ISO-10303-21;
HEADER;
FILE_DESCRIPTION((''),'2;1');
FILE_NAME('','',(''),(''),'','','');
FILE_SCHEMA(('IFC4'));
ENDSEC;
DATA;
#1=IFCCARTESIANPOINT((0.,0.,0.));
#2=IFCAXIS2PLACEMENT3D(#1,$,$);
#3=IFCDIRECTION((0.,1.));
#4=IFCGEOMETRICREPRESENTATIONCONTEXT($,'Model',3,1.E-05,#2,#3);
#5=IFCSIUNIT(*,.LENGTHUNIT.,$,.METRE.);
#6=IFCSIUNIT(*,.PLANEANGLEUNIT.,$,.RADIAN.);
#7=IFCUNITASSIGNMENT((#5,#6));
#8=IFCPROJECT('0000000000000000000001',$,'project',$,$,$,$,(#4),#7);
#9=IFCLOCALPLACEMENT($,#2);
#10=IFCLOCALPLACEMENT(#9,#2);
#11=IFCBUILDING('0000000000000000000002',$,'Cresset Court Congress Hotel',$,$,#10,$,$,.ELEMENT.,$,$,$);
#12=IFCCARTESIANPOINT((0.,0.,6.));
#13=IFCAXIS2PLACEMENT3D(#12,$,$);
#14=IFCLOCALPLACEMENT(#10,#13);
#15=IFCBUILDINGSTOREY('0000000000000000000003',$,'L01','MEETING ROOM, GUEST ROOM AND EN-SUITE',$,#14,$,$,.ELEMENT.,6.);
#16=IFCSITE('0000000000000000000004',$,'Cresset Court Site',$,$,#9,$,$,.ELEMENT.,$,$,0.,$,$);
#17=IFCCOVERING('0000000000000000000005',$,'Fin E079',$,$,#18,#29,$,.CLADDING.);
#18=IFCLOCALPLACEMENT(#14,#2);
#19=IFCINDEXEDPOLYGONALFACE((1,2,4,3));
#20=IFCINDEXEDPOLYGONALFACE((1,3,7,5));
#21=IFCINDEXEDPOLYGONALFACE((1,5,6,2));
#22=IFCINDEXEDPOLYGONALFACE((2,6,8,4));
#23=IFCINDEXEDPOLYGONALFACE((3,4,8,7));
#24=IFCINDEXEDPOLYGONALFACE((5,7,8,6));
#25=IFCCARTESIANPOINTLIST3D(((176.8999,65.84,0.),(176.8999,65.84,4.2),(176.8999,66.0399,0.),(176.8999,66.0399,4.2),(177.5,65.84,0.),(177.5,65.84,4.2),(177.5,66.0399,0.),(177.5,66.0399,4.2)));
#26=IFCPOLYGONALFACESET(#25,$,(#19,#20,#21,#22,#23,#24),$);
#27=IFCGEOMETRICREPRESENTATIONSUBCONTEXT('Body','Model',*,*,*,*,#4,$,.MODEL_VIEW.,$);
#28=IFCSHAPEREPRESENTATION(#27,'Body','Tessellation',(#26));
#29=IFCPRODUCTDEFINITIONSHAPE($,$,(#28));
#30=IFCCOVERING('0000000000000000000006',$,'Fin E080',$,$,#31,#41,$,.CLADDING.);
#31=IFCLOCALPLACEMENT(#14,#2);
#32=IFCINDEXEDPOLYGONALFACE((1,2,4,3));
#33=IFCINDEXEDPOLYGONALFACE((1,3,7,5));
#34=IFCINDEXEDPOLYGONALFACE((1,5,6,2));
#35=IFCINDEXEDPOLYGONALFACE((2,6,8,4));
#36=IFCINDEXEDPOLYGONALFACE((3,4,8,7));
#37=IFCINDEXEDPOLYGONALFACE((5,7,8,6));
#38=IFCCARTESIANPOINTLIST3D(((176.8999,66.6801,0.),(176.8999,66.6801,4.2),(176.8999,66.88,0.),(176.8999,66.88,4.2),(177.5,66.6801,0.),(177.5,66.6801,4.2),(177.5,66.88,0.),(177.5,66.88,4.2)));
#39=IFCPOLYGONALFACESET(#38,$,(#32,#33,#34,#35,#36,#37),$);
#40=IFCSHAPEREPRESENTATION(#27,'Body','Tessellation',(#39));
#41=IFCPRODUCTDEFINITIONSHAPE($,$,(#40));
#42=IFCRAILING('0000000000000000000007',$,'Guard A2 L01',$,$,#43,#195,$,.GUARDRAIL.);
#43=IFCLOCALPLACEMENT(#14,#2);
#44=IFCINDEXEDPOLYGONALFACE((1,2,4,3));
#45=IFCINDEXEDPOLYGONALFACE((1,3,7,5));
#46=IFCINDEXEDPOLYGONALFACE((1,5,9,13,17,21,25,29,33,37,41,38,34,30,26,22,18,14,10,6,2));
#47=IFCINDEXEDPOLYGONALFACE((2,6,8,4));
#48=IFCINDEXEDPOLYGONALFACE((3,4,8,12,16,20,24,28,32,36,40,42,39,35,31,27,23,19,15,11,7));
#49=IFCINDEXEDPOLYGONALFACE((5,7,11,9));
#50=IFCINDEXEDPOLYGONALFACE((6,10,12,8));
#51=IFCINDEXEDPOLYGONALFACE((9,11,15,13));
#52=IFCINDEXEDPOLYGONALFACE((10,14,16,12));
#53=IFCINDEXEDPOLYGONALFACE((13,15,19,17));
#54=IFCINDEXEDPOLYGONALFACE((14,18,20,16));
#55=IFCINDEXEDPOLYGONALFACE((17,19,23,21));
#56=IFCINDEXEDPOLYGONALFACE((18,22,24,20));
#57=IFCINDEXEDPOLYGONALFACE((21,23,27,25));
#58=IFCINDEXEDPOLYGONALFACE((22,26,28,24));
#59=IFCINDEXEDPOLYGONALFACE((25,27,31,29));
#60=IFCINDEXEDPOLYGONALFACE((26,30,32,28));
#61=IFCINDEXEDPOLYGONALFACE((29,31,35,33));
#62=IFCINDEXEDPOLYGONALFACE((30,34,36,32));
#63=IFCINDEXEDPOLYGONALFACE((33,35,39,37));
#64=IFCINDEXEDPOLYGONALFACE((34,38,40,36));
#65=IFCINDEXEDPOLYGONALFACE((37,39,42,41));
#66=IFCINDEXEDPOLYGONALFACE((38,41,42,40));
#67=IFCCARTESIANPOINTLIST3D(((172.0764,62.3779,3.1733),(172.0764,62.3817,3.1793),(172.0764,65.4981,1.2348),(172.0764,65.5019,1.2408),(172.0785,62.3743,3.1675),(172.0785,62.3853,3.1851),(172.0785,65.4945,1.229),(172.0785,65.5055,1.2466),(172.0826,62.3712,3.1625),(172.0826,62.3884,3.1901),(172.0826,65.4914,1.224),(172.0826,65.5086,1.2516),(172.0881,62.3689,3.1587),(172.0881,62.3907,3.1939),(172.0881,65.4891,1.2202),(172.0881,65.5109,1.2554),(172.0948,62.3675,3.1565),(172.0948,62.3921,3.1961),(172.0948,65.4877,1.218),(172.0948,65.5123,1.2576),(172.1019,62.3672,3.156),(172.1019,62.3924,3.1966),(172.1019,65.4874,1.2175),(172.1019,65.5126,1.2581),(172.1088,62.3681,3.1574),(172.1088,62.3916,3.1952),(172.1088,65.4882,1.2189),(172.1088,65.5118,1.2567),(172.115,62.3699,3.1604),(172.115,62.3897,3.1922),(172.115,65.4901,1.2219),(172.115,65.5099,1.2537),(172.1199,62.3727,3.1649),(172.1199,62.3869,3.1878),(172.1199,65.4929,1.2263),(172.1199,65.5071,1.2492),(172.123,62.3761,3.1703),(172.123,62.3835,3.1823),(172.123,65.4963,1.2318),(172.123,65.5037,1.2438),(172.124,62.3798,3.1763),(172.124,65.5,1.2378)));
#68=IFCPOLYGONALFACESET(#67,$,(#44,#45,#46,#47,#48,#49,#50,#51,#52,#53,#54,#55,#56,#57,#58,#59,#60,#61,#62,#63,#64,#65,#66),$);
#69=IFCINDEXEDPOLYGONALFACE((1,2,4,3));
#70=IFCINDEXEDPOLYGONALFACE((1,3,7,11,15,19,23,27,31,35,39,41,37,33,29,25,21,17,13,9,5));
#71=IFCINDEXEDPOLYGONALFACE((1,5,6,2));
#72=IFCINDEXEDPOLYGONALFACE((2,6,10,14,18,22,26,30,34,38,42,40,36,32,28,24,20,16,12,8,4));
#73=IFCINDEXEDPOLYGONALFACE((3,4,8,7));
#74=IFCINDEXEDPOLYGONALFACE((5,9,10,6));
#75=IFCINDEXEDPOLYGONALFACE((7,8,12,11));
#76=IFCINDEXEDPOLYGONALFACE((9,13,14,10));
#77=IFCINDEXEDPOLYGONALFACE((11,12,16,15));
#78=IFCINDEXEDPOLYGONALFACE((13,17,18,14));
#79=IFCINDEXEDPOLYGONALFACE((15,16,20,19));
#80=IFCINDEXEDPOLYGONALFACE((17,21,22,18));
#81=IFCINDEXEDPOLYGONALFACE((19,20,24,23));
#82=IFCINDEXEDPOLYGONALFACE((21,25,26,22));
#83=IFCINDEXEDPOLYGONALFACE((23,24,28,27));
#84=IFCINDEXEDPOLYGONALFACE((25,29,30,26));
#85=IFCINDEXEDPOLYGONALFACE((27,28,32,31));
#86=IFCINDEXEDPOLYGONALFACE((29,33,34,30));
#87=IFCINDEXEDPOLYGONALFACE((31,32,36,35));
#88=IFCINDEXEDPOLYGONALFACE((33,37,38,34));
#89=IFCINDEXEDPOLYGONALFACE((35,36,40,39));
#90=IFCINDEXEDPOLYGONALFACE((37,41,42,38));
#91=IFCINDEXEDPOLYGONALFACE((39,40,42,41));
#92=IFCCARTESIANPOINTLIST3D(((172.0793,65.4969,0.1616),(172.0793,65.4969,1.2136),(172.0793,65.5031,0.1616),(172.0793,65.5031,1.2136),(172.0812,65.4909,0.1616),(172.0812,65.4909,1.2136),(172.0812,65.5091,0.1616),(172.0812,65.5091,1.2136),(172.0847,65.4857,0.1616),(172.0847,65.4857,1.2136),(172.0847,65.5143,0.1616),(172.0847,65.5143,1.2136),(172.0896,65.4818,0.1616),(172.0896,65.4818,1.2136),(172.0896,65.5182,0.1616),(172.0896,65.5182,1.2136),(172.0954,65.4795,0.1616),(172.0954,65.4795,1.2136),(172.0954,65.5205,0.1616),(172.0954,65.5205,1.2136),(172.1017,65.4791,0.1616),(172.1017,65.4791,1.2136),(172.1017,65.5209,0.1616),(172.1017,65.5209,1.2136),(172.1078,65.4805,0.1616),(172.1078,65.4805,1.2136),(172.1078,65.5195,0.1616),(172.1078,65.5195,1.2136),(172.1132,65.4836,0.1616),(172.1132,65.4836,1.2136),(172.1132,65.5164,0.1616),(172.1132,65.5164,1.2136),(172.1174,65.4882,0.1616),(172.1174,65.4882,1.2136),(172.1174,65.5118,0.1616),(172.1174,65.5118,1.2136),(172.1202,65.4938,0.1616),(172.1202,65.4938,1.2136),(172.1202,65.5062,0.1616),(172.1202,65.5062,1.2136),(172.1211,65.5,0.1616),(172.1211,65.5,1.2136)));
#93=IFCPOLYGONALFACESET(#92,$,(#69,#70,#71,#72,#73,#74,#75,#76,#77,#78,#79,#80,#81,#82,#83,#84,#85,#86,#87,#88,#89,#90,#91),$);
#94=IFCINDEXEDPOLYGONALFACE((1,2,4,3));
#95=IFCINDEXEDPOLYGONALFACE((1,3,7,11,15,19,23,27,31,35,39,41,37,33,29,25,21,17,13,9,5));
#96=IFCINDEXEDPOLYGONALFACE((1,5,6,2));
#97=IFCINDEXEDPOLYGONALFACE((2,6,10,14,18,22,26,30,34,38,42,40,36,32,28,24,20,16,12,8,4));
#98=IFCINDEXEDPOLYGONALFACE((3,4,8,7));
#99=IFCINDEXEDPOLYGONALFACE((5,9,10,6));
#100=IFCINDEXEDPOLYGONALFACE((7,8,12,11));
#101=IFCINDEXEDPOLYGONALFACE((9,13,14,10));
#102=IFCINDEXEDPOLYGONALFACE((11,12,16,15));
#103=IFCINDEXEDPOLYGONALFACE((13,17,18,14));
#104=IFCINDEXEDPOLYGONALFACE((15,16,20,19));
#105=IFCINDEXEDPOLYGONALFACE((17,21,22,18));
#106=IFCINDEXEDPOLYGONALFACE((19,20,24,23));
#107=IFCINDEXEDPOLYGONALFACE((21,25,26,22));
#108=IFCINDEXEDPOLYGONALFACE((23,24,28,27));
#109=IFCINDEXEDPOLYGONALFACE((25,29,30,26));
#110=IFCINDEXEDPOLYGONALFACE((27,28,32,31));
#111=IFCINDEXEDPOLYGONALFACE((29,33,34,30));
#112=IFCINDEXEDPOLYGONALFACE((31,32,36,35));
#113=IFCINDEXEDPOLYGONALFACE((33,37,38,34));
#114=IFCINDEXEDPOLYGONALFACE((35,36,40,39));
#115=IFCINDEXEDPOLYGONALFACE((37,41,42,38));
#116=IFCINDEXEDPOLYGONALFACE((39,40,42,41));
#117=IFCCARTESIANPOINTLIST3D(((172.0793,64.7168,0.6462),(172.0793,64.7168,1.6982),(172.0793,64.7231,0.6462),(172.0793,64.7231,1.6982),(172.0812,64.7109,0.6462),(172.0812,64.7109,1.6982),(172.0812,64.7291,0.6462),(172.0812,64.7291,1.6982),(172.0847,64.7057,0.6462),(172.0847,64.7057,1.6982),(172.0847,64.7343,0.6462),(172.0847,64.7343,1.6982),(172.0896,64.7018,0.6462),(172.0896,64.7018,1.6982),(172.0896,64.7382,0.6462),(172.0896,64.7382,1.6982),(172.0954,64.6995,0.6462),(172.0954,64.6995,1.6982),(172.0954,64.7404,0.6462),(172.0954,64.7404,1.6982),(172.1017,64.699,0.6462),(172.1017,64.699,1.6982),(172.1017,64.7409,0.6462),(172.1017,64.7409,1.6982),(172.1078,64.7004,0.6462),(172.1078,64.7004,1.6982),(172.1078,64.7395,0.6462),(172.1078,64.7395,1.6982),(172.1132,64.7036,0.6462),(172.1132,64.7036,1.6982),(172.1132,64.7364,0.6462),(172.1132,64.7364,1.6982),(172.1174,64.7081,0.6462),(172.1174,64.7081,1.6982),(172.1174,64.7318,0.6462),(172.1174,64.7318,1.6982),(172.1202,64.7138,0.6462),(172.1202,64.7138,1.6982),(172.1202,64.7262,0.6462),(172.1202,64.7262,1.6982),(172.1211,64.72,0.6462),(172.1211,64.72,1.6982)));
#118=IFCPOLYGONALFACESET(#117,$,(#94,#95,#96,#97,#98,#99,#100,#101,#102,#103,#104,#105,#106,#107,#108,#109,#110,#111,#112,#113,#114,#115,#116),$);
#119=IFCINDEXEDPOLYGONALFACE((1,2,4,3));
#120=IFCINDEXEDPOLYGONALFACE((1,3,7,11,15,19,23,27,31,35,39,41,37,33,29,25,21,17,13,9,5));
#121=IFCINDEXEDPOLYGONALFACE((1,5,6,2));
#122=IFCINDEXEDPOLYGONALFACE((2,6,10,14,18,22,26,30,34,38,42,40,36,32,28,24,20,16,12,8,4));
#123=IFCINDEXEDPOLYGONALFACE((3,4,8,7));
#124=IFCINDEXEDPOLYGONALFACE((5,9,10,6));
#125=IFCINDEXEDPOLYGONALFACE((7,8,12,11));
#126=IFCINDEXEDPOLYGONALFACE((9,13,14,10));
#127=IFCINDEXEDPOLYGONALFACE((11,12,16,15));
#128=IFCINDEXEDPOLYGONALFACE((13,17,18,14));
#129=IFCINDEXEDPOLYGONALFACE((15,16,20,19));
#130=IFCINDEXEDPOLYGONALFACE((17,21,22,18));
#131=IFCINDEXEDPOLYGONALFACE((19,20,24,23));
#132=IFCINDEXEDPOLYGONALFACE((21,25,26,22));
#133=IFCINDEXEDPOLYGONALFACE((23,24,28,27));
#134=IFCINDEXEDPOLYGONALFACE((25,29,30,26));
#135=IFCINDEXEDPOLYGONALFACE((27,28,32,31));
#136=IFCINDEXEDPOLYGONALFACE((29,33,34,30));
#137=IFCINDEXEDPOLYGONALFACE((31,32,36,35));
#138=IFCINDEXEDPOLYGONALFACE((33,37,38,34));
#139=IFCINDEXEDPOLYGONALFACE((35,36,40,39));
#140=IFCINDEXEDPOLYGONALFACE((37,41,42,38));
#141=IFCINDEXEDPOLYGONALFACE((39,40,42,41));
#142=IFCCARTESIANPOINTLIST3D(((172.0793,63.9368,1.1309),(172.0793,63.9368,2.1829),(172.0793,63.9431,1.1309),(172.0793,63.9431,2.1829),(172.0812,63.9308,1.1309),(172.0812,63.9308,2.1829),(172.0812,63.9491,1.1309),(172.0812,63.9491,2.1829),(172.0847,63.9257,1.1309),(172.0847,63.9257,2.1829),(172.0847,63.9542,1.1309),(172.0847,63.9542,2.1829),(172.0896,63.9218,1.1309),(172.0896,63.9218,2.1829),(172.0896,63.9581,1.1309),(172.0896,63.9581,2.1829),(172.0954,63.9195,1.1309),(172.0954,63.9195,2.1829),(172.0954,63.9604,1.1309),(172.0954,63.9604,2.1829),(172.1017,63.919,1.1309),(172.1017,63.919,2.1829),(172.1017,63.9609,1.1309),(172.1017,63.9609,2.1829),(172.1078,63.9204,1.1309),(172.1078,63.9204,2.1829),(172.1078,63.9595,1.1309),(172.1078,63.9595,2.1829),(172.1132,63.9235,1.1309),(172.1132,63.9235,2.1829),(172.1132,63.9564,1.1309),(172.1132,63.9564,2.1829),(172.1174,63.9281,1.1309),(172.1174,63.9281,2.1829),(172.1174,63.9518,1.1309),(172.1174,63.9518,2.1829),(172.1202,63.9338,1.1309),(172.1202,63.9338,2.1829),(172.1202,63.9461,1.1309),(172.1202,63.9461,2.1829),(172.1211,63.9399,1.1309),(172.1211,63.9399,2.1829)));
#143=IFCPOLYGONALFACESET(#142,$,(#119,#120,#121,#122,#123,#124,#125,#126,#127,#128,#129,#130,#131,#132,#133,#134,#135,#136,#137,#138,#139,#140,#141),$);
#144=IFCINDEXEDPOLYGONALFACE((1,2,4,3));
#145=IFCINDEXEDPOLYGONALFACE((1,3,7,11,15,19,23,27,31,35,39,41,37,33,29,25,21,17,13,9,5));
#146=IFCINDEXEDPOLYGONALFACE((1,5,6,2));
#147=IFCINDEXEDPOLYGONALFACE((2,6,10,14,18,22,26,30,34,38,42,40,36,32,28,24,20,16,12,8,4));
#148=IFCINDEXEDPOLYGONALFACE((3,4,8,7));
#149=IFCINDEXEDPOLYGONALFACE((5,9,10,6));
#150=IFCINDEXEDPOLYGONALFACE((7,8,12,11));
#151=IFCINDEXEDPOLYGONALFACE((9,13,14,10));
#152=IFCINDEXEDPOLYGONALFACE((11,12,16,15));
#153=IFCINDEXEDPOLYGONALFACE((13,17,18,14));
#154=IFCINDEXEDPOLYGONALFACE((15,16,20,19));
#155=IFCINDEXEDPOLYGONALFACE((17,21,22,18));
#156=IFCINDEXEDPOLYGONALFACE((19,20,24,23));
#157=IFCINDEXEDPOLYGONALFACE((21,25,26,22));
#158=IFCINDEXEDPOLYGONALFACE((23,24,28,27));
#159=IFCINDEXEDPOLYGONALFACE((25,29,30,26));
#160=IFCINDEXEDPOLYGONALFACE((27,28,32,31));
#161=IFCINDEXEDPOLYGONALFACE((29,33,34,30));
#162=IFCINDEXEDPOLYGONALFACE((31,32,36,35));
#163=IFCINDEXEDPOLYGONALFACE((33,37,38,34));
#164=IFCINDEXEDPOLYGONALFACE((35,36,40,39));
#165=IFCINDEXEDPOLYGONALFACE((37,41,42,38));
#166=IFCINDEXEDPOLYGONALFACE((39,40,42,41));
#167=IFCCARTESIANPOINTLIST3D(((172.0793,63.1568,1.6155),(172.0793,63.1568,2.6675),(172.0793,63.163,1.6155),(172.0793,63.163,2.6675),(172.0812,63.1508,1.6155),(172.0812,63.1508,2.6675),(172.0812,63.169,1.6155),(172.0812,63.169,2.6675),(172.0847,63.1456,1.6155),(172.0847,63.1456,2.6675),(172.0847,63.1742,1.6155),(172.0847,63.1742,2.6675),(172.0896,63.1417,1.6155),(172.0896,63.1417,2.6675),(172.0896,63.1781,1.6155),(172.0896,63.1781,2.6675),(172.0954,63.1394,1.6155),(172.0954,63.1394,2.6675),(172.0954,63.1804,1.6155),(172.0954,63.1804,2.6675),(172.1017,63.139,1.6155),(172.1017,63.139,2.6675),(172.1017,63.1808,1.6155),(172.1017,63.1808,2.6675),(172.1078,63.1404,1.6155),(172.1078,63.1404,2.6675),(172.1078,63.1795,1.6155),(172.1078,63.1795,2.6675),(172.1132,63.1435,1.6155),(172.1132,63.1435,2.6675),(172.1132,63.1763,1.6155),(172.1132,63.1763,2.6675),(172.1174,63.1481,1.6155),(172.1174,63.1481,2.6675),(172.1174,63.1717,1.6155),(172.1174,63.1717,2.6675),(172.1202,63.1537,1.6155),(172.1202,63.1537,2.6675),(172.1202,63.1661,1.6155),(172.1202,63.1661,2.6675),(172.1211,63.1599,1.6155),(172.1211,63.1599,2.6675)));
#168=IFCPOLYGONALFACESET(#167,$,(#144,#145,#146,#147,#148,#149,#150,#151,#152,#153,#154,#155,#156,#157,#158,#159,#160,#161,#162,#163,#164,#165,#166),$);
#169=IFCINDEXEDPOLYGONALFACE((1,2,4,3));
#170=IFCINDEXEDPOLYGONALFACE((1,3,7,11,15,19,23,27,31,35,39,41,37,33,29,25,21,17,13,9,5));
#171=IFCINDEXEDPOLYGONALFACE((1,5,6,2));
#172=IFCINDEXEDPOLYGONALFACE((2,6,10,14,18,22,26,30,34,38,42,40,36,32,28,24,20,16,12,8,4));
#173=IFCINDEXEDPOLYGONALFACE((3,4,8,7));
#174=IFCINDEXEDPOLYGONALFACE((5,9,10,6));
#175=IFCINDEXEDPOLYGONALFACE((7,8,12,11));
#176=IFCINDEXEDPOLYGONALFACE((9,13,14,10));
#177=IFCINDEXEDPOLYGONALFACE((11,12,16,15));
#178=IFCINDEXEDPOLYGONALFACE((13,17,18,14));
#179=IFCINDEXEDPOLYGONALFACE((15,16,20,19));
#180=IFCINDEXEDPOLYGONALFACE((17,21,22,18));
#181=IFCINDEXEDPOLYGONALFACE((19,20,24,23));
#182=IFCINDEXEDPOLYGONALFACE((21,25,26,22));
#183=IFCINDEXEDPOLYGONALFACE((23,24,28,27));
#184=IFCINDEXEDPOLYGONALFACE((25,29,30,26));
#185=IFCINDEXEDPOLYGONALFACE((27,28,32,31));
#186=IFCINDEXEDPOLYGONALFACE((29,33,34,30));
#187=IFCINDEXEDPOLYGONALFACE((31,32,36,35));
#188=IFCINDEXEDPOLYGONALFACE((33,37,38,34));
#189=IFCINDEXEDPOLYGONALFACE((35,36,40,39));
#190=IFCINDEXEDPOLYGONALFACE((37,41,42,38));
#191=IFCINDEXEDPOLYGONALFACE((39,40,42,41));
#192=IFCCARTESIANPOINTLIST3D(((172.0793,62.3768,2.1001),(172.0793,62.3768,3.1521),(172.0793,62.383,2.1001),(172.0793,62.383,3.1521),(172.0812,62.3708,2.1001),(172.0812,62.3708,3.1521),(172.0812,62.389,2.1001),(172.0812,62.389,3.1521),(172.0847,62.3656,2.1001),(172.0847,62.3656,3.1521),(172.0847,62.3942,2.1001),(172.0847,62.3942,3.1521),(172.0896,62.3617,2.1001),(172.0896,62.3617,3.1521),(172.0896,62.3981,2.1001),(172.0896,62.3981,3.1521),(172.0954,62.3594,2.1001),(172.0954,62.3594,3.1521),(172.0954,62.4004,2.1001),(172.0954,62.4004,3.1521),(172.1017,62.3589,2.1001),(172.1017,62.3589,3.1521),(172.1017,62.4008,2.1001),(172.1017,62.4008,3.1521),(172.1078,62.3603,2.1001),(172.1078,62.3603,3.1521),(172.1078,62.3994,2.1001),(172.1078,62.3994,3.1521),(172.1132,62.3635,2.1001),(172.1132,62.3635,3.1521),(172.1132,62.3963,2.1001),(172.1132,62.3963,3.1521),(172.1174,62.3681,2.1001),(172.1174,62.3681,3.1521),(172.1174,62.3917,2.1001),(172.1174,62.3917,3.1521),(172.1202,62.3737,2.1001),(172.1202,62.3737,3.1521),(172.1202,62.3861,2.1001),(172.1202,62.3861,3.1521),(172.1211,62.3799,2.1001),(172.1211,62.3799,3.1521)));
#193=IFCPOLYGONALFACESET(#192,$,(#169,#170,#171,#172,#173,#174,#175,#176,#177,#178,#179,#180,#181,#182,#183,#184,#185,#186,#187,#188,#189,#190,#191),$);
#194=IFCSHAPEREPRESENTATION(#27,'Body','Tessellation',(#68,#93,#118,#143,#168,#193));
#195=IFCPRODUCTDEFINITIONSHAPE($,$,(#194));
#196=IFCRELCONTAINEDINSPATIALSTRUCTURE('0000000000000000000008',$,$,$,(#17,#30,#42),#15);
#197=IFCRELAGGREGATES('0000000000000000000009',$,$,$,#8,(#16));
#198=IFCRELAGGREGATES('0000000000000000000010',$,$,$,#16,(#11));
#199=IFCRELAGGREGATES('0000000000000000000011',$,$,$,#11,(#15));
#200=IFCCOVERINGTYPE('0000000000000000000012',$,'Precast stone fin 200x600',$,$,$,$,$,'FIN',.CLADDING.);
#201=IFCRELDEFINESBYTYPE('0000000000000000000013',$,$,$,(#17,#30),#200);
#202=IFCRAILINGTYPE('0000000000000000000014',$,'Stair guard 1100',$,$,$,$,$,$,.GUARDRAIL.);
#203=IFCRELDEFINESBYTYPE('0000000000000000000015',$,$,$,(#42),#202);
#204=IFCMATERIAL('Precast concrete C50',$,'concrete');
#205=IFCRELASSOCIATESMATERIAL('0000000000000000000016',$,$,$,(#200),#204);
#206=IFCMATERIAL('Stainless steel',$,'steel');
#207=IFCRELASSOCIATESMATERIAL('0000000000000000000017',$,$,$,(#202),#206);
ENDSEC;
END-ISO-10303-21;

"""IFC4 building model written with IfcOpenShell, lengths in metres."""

from ifc_helpers import new_model, si_unit, direction, frame, origin, origin_2d, place, context, subcontext, project, spatial, rectangle, circle, extrude, material, type_object, element, save


model = new_model("IFC4")

# Units and contexts
model_context = context("Model", 3, precision=1e-05, world=origin(), true_north=direction((0.0, 1.0)))
body_context = subcontext(model_context, "Body", "Model", "MODEL_VIEW")
ifc_project = project(units=[si_unit("LENGTHUNIT", "METRE"), si_unit("PLANEANGLEUNIT", "RADIAN")], contexts=[model_context])

# Site, building, storey
site_placement = place(None, origin())
site = spatial("IfcSite", under=ifc_project, at=site_placement, Name="Cresset Court Site", CompositionType="ELEMENT", RefElevation=0.0)
building_placement = place(site_placement, origin())
building = spatial("IfcBuilding", under=site, at=building_placement, Name="Cresset Court Congress Hotel", CompositionType="ELEMENT")
storey_placement = place(building_placement, frame((0.0, 0.0, 6.0)))
storey = spatial("IfcBuildingStorey", under=building, at=storey_placement, Name="L01", Description="MEETING ROOM, GUEST ROOM AND EN-SUITE", CompositionType="ELEMENT", Elevation=6.0)

# Coverings
ifc_material_1 = material(Name="Precast concrete C50", Category="concrete")
covering_type = type_object("IfcCoveringType", Name="Precast stone fin 200x600", ElementType="FIN", PredefinedType="CLADDING", material=ifc_material_1)
for number, where, z_axis, x_axis, name in (
    (1, (177.2, 65.9399, 0.0), (0.0, 0.0, 1.0), (1.0, 0.0, 0.0), "Fin E079"),
    (2, (177.2, 66.78, 0.0), (0.0, 0.0, 1.0), (1.0, 0.0, 0.0), "Fin E080"),
):
    element("IfcCovering", number, at=place(storey_placement, frame(where, z_axis=z_axis, x_axis=x_axis)), inside=storey, type_object=covering_type, Name=name, PredefinedType="CLADDING", context=body_context, shape_type="SweptSolid", body=[
        extrude(rectangle(XDim=0.6001, YDim=0.2, at=origin_2d()), origin(), (0.0, 0.0, 1.0), 4.2),
    ])

# Railing
ifc_material_2 = material(Name="Stainless steel", Category="steel")
railing_type_1 = type_object("IfcRailingType", Name="Stair guard 1100", PredefinedType="GUARDRAIL", material=ifc_material_2)
railing_1_placement = place(storey_placement, frame((172.1001, 65.5, 0.1616)))
element("IfcRailing", 3, at=railing_1_placement, inside=storey, type_object=railing_type_1, Name="Guard A2 L01", PredefinedType="GUARDRAIL", context=body_context, shape_type="SweptSolid", body=[
    extrude(circle(Radius=0.0239, at=origin_2d()), frame((0.0, 0.0, 1.0762), z_axis=(0.0, -0.849414, 0.527727), x_axis=(1.0, 0.0, 0.0)), (0.0, 0.0, 1.0), 3.6733),
    extrude(circle(Radius=0.021, at=origin_2d()), origin(), (0.0, 0.0, 1.0), 1.052),
    extrude(circle(Radius=0.021, at=origin_2d()), frame((0.0, -0.78, 0.4846)), (0.0, 0.0, 1.0), 1.052),
    extrude(circle(Radius=0.021, at=origin_2d()), frame((0.0, -1.5601, 0.9692)), (0.0, 0.0, 1.0), 1.052),
    extrude(circle(Radius=0.021, at=origin_2d()), frame((0.0, -2.3401, 1.4539)), (0.0, 0.0, 1.0), 1.052),
    extrude(circle(Radius=0.021, at=origin_2d()), frame((0.0, -3.1201, 1.9385)), (0.0, 0.0, 1.0), 1.052),
])

save(model, "model.ifc")
